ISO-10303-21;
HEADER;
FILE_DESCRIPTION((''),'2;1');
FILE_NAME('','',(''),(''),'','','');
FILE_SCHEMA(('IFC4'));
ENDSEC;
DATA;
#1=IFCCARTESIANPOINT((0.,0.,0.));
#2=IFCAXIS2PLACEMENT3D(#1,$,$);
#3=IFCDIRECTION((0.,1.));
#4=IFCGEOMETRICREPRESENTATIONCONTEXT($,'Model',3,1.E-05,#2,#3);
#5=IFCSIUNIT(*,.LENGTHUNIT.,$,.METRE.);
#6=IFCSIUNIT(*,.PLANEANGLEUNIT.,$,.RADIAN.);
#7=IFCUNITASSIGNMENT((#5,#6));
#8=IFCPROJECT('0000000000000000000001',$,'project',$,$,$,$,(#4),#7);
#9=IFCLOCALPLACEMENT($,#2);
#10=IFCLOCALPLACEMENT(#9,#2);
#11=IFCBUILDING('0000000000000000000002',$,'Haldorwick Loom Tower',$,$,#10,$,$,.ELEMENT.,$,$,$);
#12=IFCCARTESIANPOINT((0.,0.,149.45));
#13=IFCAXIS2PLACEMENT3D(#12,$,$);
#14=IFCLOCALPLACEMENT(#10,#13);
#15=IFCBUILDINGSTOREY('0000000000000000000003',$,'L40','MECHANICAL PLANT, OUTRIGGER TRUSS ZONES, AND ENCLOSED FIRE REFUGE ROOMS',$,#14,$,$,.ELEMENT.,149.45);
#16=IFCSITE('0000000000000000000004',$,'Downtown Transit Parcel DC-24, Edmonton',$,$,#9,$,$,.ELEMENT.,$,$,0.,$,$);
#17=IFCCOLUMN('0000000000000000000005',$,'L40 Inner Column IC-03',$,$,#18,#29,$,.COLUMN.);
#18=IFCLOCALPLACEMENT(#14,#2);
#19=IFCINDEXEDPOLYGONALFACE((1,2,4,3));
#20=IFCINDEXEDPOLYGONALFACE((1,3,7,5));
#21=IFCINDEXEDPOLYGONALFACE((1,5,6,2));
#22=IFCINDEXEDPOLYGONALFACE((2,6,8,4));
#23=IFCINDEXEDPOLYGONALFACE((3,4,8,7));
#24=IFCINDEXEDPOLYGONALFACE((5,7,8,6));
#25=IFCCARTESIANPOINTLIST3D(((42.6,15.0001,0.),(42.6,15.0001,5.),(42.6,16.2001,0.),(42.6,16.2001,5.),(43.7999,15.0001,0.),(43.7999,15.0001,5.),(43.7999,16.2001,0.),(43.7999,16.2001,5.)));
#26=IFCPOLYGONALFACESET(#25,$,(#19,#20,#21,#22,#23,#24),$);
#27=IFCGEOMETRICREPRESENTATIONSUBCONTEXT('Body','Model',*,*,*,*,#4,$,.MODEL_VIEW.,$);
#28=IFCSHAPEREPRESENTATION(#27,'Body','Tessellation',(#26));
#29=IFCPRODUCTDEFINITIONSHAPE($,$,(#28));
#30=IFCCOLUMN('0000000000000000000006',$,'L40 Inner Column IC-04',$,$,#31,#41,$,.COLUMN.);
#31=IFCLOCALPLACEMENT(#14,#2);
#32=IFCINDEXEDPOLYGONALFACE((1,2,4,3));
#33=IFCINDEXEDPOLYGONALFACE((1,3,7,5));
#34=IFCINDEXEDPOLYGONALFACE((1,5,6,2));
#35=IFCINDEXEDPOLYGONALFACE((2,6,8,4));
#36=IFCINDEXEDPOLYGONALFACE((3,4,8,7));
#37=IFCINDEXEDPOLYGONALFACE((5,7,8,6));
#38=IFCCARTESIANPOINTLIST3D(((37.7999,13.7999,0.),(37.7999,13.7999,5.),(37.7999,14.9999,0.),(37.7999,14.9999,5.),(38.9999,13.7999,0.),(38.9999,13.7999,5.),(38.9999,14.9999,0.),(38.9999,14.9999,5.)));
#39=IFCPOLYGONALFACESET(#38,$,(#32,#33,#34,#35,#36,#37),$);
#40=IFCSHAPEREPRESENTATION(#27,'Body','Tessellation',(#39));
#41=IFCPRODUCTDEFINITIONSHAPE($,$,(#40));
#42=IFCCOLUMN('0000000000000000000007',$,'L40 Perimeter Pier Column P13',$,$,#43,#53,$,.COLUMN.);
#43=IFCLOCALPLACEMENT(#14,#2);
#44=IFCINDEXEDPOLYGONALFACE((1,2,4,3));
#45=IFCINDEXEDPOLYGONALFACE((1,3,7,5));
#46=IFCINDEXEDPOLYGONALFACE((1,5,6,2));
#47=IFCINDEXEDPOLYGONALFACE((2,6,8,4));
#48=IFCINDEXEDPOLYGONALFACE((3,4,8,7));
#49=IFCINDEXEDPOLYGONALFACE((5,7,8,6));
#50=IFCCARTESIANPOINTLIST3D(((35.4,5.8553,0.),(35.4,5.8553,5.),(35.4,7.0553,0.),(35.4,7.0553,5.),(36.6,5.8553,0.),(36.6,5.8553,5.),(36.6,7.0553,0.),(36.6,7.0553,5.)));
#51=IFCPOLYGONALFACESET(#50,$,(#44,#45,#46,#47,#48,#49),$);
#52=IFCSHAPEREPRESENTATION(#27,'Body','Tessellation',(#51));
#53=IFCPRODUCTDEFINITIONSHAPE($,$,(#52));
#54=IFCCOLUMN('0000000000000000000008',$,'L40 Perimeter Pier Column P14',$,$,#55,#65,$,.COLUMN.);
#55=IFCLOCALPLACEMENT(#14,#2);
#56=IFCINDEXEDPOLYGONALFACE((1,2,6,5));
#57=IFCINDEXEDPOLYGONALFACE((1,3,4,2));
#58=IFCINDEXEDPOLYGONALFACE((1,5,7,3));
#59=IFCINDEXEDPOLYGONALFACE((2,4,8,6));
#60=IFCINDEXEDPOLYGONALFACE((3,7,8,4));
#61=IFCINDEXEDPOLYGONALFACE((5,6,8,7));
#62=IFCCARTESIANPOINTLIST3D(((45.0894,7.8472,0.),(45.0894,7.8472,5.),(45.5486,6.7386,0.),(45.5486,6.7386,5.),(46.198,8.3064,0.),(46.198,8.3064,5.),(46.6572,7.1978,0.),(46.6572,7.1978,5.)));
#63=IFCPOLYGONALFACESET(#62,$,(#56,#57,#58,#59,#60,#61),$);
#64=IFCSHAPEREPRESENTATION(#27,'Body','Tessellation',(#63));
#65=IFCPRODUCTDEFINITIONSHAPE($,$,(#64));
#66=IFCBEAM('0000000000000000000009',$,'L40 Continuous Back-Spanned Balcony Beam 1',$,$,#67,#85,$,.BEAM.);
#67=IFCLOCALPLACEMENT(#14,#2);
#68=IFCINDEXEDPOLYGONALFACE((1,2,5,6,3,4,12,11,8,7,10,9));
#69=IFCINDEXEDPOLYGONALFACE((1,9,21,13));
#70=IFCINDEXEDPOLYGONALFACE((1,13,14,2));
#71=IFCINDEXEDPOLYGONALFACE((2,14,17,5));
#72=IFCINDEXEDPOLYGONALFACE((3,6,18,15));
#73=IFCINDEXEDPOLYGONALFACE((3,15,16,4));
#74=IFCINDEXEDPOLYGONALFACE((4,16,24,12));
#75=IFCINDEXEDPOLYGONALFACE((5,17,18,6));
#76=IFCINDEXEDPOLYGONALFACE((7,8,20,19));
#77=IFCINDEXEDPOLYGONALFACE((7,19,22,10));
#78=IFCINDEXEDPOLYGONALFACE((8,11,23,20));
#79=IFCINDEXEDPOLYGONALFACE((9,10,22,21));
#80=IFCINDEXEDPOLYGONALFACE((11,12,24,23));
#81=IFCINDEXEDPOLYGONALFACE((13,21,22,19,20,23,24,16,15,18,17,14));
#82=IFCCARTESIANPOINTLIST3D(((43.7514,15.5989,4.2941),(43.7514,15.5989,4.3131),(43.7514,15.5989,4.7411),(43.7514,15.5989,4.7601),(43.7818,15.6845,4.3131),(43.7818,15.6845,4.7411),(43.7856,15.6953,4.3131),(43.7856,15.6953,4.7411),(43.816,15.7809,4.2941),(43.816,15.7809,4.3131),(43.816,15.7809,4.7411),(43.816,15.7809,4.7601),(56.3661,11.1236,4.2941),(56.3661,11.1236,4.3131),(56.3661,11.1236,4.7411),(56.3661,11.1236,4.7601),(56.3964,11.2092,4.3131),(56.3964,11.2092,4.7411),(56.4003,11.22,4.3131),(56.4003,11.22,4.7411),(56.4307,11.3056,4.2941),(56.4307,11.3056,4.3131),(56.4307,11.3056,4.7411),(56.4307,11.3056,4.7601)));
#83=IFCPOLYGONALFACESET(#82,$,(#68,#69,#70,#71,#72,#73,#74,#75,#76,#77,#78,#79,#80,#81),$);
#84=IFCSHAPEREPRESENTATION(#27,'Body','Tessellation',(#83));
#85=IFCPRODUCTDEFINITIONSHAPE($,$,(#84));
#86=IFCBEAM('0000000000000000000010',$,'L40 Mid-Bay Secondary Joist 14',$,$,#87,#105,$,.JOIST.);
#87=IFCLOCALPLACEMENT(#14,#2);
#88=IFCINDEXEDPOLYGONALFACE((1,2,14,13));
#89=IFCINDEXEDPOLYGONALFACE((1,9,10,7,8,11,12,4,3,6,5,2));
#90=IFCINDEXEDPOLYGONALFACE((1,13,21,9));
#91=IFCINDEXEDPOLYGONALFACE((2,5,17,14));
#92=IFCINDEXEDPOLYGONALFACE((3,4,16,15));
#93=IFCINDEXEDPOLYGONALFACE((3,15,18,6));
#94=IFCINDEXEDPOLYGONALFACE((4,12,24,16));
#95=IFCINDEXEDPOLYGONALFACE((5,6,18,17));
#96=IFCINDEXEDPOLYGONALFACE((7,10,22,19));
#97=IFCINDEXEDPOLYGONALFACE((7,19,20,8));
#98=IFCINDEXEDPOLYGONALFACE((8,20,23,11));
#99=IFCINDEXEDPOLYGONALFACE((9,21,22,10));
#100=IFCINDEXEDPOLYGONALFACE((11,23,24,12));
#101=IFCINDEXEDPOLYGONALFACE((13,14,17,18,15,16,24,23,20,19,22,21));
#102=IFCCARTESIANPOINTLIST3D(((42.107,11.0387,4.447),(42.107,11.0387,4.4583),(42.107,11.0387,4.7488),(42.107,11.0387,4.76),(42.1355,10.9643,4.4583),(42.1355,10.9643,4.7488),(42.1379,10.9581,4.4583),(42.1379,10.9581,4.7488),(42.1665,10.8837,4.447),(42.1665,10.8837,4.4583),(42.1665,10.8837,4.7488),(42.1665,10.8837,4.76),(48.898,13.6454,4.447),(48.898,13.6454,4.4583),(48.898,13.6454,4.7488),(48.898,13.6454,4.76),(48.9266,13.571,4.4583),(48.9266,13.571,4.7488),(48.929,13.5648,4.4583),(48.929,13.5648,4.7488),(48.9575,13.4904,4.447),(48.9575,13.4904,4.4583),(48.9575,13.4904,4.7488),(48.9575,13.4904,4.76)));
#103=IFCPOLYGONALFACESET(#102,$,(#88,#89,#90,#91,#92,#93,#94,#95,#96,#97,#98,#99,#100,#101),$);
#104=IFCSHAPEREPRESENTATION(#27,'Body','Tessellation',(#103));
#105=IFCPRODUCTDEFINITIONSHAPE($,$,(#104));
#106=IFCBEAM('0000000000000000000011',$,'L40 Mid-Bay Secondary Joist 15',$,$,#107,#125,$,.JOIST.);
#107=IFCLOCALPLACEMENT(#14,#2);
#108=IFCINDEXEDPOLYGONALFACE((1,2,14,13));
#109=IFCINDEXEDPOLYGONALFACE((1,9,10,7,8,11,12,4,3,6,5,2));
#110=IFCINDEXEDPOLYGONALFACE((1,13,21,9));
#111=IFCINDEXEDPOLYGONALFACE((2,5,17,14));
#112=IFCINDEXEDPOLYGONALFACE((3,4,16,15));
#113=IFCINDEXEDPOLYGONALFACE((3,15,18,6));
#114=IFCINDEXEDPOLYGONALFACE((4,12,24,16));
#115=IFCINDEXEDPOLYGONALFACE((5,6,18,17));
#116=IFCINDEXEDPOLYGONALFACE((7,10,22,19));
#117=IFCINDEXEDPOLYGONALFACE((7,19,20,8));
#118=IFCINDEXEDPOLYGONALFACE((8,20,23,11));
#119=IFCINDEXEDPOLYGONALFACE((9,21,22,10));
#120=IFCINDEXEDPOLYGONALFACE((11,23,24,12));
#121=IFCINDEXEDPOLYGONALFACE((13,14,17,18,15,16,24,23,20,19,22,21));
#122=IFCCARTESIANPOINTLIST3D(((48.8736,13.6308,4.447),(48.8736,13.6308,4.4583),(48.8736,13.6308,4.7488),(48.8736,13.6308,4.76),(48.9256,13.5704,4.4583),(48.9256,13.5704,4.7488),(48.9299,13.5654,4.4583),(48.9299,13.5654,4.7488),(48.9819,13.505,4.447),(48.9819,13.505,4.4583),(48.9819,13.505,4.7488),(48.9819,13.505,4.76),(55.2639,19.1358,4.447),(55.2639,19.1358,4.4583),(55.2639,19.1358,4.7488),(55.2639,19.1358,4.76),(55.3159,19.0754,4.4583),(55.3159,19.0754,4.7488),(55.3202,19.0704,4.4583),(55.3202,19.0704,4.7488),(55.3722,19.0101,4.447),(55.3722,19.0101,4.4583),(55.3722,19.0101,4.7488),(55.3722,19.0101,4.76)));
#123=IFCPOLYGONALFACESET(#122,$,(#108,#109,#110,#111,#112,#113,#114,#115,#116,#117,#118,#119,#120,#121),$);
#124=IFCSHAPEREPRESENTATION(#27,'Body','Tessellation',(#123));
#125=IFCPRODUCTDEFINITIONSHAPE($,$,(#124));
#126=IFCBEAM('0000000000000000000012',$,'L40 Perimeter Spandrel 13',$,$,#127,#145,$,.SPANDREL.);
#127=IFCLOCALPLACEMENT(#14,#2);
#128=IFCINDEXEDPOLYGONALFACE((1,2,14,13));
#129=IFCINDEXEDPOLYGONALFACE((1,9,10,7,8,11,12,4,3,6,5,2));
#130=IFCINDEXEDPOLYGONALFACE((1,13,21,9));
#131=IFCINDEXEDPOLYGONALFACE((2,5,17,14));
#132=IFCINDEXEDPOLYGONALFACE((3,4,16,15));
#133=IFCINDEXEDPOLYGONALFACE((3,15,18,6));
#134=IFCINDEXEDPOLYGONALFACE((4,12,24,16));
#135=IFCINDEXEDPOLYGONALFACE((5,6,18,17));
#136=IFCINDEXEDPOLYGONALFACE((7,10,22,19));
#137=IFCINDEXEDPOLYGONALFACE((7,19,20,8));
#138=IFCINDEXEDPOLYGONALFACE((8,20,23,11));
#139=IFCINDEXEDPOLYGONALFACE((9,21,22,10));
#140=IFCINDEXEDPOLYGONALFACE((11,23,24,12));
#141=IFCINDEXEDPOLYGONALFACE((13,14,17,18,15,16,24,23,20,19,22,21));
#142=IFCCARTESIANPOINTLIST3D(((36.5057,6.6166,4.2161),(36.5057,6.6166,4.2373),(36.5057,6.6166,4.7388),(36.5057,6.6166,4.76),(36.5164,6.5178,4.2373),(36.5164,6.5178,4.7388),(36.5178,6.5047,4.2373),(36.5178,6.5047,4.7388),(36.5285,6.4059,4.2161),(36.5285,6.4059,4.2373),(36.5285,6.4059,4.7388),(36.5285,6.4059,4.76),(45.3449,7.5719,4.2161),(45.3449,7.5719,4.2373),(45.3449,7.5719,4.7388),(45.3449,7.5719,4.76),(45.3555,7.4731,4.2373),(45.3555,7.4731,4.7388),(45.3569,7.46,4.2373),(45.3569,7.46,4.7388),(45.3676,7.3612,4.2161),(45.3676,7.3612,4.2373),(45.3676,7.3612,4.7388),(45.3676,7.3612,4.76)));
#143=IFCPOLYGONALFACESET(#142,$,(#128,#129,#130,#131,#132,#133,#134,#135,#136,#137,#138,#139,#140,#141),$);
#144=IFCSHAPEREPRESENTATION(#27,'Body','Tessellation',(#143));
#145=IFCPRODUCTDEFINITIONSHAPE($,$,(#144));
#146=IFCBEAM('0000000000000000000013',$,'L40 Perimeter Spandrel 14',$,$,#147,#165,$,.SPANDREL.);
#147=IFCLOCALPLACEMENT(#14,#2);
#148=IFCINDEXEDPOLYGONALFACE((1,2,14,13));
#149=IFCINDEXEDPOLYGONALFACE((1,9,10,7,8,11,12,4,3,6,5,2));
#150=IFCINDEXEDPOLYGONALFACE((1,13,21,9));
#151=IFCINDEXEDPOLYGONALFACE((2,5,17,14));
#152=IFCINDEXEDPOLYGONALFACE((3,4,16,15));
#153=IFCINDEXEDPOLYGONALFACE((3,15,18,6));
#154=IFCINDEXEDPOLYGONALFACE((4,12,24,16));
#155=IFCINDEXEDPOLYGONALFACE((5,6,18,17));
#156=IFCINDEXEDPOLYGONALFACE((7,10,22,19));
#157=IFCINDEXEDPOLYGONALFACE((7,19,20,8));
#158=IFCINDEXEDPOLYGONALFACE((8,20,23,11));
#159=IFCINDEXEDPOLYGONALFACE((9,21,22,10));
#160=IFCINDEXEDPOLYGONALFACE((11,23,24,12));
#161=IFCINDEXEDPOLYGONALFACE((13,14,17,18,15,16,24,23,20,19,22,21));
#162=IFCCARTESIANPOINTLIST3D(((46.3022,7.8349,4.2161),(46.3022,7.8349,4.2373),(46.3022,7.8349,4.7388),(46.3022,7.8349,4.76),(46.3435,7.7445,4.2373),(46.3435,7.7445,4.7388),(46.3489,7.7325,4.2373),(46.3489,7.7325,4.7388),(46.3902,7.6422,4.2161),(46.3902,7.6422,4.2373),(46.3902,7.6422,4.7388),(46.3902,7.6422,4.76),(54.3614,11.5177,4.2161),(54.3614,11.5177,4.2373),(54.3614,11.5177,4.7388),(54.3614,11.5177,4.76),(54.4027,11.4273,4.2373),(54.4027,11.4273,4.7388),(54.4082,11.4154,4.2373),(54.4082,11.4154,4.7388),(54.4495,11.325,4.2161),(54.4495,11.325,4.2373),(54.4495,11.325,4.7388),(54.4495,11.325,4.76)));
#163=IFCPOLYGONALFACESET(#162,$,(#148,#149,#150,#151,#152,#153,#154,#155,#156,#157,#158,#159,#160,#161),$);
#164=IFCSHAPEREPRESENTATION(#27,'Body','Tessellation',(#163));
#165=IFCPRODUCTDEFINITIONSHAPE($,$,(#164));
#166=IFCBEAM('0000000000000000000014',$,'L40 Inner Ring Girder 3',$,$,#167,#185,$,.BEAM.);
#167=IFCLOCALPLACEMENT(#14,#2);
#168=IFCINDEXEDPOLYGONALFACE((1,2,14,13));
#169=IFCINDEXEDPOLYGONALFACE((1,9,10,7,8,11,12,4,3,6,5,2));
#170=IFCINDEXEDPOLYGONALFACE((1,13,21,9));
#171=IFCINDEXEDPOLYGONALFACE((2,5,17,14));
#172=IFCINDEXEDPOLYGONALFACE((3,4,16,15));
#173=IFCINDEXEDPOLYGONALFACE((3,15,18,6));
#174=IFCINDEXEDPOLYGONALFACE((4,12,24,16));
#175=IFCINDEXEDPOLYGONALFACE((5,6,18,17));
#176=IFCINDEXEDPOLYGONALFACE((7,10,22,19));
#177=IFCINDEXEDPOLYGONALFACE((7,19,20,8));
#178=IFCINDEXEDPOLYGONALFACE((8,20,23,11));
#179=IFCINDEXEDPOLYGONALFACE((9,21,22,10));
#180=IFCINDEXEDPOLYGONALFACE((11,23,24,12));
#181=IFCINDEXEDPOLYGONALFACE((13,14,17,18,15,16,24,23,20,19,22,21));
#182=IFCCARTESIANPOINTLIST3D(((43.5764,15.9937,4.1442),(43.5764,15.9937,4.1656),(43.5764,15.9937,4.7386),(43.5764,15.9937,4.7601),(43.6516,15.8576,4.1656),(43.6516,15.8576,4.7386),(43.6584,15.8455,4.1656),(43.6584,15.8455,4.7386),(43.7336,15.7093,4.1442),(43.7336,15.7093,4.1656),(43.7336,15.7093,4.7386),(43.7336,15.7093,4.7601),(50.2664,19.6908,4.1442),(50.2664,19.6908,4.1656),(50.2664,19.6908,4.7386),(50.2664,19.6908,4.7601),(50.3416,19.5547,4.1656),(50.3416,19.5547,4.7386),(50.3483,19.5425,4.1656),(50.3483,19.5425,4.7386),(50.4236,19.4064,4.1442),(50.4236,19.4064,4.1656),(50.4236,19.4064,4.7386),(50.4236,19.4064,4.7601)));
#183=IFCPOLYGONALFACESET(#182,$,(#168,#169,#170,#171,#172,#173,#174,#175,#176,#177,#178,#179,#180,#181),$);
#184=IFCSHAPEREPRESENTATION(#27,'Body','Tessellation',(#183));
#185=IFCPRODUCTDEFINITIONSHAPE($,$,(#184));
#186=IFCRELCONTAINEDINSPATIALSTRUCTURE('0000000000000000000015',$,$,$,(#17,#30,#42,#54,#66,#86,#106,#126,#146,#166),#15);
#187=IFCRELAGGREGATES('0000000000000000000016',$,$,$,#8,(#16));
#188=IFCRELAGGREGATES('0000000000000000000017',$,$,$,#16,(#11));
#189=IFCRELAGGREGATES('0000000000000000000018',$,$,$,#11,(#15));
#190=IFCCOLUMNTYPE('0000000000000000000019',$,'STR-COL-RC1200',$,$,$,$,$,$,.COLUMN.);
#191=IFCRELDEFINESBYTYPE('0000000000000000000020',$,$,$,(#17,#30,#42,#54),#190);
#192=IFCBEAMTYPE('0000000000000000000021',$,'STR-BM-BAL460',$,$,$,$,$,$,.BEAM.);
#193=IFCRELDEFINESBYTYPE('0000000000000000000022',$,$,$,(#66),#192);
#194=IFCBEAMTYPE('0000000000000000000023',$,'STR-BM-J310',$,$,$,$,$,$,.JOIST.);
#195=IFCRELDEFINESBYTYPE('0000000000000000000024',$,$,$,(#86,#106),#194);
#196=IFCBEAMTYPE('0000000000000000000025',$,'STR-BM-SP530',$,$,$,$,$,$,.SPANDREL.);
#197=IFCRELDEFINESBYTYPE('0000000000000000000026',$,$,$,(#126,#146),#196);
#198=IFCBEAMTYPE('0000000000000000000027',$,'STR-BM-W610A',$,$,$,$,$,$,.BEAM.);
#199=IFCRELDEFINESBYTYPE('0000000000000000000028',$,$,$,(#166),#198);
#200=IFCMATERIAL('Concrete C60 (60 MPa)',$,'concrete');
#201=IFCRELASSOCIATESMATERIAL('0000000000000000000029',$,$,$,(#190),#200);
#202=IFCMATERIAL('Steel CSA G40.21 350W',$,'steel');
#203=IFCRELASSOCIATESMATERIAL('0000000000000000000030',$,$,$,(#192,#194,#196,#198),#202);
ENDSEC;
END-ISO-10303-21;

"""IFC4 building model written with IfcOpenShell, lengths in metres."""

from ifc_helpers import new_model, si_unit, direction, frame, origin, origin_2d, place, context, subcontext, project, spatial, rectangle, i_section, extrude, material, material_profile, profile_set, type_object, element, save


model = new_model("IFC4")

# Units and contexts
model_context = context("Model", 3, precision=1e-05, world=origin(), true_north=direction((0.0, 1.0)))
body_context = subcontext(model_context, "Body", "Model", "MODEL_VIEW")
ifc_project = project(units=[si_unit("LENGTHUNIT", "METRE"), si_unit("PLANEANGLEUNIT", "RADIAN")], contexts=[model_context])

# Site, building, storey
site_placement = place(None, origin())
site = spatial("IfcSite", under=ifc_project, at=site_placement, Name="Downtown Transit Parcel DC-24, Edmonton", CompositionType="ELEMENT", RefElevation=0.0)
building_placement = place(site_placement, origin())
building = spatial("IfcBuilding", under=site, at=building_placement, Name="Haldorwick Loom Tower", CompositionType="ELEMENT")
storey_placement = place(building_placement, frame((0.0, 0.0, 149.45)))
storey = spatial("IfcBuildingStorey", under=building, at=storey_placement, Name="L40", Description="MECHANICAL PLANT, OUTRIGGER TRUSS ZONES, AND ENCLOSED FIRE REFUGE ROOMS", CompositionType="ELEMENT", Elevation=149.45)

# Columns
ifc_material_1 = material(Name="Concrete C60 (60 MPa)", Category="concrete")
ifc_material_profile_1 = material_profile(ifc_material_1, rectangle(XDim=1.2, YDim=1.2, at=origin_2d()), Name="RC1200X1200", Category="concrete")
ifc_profile_set_1 = profile_set([ifc_material_profile_1], Name="Concrete C60 (60 MPa)")
column_type = type_object("IfcColumnType", Name="STR-COL-RC1200", PredefinedType="COLUMN", material=ifc_profile_set_1)
for number, where, z_axis, x_axis, name in (
    (1, (43.2, 15.6001, 0.0), (0.0, 0.0, 1.0), (1.0, 0.0, 0.0), "L40 Inner Column IC-03"),
    (2, (38.3999, 14.3999, 0.0), (0.0, 0.0, 1.0), (1.0, 0.0, 0.0), "L40 Inner Column IC-04"),
    (3, (36.0, 6.4553, 0.0), (0.0, 0.0, 1.0), (0.0, -1.0, 0.0), "L40 Perimeter Pier Column P13"),
    (4, (45.8733, 7.5225, 0.0), (0.0, 0.0, 1.0), (0.382683, -0.92388, 0.0), "L40 Perimeter Pier Column P14"),
):
    element("IfcColumn", number, at=place(storey_placement, frame(where, z_axis=z_axis, x_axis=x_axis)), inside=storey, type_object=column_type, Name=name, PredefinedType="COLUMN", context=body_context, shape_type="SweptSolid", body=[
        extrude(rectangle(XDim=1.2, YDim=1.2, at=origin_2d()), origin(), (0.0, 0.0, 1.0), 5.0),
    ])

# Beams
ifc_material_2 = material(Name="Steel CSA G40.21 350W", Category="steel")
ifc_material_profile_2 = material_profile(ifc_material_2, i_section(OverallWidth=0.1931, OverallDepth=0.4661, WebThickness=0.0115, FlangeThickness=0.019, at=origin_2d()), Name="W460X97", Category="steel")
ifc_profile_set_2 = profile_set([ifc_material_profile_2], Name="Steel CSA G40.21 350W")
beam_type_1 = type_object("IfcBeamType", Name="STR-BM-BAL460", PredefinedType="BEAM", material=ifc_profile_set_2)
beam_1_placement = place(storey_placement, frame((43.7837, 15.6899, 4.5271), z_axis=(0.942448, -0.334353, 0.0), x_axis=(0.334353, 0.942448, 0.0)))
element("IfcBeam", 5, at=beam_1_placement, inside=storey, type_object=beam_type_1, Name="L40 Continuous Back-Spanned Balcony Beam 1", PredefinedType="BEAM", context=body_context, shape_type="SweptSolid", body=[
    extrude(i_section(OverallWidth=0.1931, OverallDepth=0.4661, WebThickness=0.0115, FlangeThickness=0.019, at=origin_2d()), origin(), (0.0, 0.0, 1.0), 13.385),
])
ifc_material_profile_3 = material_profile(ifc_material_2, i_section(OverallWidth=0.166, OverallDepth=0.313, WebThickness=0.0066, FlangeThickness=0.0112, at=origin_2d()), Name="W310X45", Category="steel")
ifc_profile_set_3 = profile_set([ifc_material_profile_3], Name="Steel CSA G40.21 350W")
beam_type_2 = type_object("IfcBeamType", Name="STR-BM-J310", PredefinedType="JOIST", material=ifc_profile_set_3)
beam_2_placement = place(storey_placement, frame((42.1367, 10.9612, 4.6035), z_axis=(0.933587, 0.358352, 0.0), x_axis=(-0.358352, 0.933587, 0.0)))
element("IfcBeam", 6, at=beam_2_placement, inside=storey, type_object=beam_type_2, Name="L40 Mid-Bay Secondary Joist 14", PredefinedType="JOIST", context=body_context, shape_type="SweptSolid", body=[
    extrude(i_section(OverallWidth=0.166, OverallDepth=0.313, WebThickness=0.0066, FlangeThickness=0.0112, at=origin_2d()), origin(), (0.0, 0.0, 1.0), 7.2742),
])
beam_3_placement = place(storey_placement, frame((48.9277, 13.5679, 4.6035), z_axis=(0.757634, 0.65268, 0.0), x_axis=(-0.65268, 0.757634, 0.0)))
element("IfcBeam", 7, at=beam_3_placement, inside=storey, type_object=beam_type_2, Name="L40 Mid-Bay Secondary Joist 15", PredefinedType="JOIST", context=body_context, shape_type="SweptSolid", body=[
    extrude(i_section(OverallWidth=0.166, OverallDepth=0.313, WebThickness=0.0066, FlangeThickness=0.0112, at=origin_2d()), origin(), (0.0, 0.0, 1.0), 8.4346),
])
ifc_material_profile_4 = material_profile(ifc_material_2, i_section(OverallWidth=0.2119, OverallDepth=0.5439, WebThickness=0.0132, FlangeThickness=0.0212, at=origin_2d()), Name="W530X123", Category="steel")
ifc_profile_set_4 = profile_set([ifc_material_profile_4], Name="Steel CSA G40.21 350W")
beam_type_3 = type_object("IfcBeamType", Name="STR-BM-SP530", PredefinedType="SPANDREL", material=ifc_profile_set_4)
beam_4_placement = place(storey_placement, frame((36.5171, 6.5112, 4.488), z_axis=(0.99421, 0.107453, 0.0), x_axis=(-0.107453, 0.99421, 0.0)))
element("IfcBeam", 8, at=beam_4_placement, inside=storey, type_object=beam_type_3, Name="L40 Perimeter Spandrel 13", PredefinedType="SPANDREL", context=body_context, shape_type="SweptSolid", body=[
    extrude(i_section(OverallWidth=0.2119, OverallDepth=0.5439, WebThickness=0.0132, FlangeThickness=0.0212, at=origin_2d()), origin(), (0.0, 0.0, 1.0), 8.8906),
])
beam_5_placement = place(storey_placement, frame((46.3462, 7.7385, 4.488), z_axis=(0.909534, 0.415629, 0.0), x_axis=(-0.415629, 0.909534, 0.0)))
element("IfcBeam", 9, at=beam_5_placement, inside=storey, type_object=beam_type_3, Name="L40 Perimeter Spandrel 14", PredefinedType="SPANDREL", context=body_context, shape_type="SweptSolid", body=[
    extrude(i_section(OverallWidth=0.2119, OverallDepth=0.5439, WebThickness=0.0132, FlangeThickness=0.0212, at=origin_2d()), origin(), (0.0, 0.0, 1.0), 8.8608),
])
ifc_material_profile_5 = material_profile(ifc_material_2, i_section(OverallWidth=0.325, OverallDepth=0.616, WebThickness=0.0139, FlangeThickness=0.0215, at=origin_2d()), Name="W610X174", Category="steel")
ifc_profile_set_5 = profile_set([ifc_material_profile_5], Name="Steel CSA G40.21 350W")
beam_type_4 = type_object("IfcBeamType", Name="STR-BM-W610A", PredefinedType="BEAM", material=ifc_profile_set_5)
beam_6_placement = place(storey_placement, frame((50.345, 19.5486, 4.4521), z_axis=(-0.875244, -0.483681, 0.0), x_axis=(0.483681, -0.875244, 0.0)))
element("IfcBeam", 10, at=beam_6_placement, inside=storey, type_object=beam_type_4, Name="L40 Inner Ring Girder 3", PredefinedType="BEAM", context=body_context, shape_type="SweptSolid", body=[
    extrude(i_section(OverallWidth=0.325, OverallDepth=0.616, WebThickness=0.0139, FlangeThickness=0.0215, at=origin_2d()), origin(), (0.0, 0.0, 1.0), 7.6436),
])

save(model, "model.ifc")
